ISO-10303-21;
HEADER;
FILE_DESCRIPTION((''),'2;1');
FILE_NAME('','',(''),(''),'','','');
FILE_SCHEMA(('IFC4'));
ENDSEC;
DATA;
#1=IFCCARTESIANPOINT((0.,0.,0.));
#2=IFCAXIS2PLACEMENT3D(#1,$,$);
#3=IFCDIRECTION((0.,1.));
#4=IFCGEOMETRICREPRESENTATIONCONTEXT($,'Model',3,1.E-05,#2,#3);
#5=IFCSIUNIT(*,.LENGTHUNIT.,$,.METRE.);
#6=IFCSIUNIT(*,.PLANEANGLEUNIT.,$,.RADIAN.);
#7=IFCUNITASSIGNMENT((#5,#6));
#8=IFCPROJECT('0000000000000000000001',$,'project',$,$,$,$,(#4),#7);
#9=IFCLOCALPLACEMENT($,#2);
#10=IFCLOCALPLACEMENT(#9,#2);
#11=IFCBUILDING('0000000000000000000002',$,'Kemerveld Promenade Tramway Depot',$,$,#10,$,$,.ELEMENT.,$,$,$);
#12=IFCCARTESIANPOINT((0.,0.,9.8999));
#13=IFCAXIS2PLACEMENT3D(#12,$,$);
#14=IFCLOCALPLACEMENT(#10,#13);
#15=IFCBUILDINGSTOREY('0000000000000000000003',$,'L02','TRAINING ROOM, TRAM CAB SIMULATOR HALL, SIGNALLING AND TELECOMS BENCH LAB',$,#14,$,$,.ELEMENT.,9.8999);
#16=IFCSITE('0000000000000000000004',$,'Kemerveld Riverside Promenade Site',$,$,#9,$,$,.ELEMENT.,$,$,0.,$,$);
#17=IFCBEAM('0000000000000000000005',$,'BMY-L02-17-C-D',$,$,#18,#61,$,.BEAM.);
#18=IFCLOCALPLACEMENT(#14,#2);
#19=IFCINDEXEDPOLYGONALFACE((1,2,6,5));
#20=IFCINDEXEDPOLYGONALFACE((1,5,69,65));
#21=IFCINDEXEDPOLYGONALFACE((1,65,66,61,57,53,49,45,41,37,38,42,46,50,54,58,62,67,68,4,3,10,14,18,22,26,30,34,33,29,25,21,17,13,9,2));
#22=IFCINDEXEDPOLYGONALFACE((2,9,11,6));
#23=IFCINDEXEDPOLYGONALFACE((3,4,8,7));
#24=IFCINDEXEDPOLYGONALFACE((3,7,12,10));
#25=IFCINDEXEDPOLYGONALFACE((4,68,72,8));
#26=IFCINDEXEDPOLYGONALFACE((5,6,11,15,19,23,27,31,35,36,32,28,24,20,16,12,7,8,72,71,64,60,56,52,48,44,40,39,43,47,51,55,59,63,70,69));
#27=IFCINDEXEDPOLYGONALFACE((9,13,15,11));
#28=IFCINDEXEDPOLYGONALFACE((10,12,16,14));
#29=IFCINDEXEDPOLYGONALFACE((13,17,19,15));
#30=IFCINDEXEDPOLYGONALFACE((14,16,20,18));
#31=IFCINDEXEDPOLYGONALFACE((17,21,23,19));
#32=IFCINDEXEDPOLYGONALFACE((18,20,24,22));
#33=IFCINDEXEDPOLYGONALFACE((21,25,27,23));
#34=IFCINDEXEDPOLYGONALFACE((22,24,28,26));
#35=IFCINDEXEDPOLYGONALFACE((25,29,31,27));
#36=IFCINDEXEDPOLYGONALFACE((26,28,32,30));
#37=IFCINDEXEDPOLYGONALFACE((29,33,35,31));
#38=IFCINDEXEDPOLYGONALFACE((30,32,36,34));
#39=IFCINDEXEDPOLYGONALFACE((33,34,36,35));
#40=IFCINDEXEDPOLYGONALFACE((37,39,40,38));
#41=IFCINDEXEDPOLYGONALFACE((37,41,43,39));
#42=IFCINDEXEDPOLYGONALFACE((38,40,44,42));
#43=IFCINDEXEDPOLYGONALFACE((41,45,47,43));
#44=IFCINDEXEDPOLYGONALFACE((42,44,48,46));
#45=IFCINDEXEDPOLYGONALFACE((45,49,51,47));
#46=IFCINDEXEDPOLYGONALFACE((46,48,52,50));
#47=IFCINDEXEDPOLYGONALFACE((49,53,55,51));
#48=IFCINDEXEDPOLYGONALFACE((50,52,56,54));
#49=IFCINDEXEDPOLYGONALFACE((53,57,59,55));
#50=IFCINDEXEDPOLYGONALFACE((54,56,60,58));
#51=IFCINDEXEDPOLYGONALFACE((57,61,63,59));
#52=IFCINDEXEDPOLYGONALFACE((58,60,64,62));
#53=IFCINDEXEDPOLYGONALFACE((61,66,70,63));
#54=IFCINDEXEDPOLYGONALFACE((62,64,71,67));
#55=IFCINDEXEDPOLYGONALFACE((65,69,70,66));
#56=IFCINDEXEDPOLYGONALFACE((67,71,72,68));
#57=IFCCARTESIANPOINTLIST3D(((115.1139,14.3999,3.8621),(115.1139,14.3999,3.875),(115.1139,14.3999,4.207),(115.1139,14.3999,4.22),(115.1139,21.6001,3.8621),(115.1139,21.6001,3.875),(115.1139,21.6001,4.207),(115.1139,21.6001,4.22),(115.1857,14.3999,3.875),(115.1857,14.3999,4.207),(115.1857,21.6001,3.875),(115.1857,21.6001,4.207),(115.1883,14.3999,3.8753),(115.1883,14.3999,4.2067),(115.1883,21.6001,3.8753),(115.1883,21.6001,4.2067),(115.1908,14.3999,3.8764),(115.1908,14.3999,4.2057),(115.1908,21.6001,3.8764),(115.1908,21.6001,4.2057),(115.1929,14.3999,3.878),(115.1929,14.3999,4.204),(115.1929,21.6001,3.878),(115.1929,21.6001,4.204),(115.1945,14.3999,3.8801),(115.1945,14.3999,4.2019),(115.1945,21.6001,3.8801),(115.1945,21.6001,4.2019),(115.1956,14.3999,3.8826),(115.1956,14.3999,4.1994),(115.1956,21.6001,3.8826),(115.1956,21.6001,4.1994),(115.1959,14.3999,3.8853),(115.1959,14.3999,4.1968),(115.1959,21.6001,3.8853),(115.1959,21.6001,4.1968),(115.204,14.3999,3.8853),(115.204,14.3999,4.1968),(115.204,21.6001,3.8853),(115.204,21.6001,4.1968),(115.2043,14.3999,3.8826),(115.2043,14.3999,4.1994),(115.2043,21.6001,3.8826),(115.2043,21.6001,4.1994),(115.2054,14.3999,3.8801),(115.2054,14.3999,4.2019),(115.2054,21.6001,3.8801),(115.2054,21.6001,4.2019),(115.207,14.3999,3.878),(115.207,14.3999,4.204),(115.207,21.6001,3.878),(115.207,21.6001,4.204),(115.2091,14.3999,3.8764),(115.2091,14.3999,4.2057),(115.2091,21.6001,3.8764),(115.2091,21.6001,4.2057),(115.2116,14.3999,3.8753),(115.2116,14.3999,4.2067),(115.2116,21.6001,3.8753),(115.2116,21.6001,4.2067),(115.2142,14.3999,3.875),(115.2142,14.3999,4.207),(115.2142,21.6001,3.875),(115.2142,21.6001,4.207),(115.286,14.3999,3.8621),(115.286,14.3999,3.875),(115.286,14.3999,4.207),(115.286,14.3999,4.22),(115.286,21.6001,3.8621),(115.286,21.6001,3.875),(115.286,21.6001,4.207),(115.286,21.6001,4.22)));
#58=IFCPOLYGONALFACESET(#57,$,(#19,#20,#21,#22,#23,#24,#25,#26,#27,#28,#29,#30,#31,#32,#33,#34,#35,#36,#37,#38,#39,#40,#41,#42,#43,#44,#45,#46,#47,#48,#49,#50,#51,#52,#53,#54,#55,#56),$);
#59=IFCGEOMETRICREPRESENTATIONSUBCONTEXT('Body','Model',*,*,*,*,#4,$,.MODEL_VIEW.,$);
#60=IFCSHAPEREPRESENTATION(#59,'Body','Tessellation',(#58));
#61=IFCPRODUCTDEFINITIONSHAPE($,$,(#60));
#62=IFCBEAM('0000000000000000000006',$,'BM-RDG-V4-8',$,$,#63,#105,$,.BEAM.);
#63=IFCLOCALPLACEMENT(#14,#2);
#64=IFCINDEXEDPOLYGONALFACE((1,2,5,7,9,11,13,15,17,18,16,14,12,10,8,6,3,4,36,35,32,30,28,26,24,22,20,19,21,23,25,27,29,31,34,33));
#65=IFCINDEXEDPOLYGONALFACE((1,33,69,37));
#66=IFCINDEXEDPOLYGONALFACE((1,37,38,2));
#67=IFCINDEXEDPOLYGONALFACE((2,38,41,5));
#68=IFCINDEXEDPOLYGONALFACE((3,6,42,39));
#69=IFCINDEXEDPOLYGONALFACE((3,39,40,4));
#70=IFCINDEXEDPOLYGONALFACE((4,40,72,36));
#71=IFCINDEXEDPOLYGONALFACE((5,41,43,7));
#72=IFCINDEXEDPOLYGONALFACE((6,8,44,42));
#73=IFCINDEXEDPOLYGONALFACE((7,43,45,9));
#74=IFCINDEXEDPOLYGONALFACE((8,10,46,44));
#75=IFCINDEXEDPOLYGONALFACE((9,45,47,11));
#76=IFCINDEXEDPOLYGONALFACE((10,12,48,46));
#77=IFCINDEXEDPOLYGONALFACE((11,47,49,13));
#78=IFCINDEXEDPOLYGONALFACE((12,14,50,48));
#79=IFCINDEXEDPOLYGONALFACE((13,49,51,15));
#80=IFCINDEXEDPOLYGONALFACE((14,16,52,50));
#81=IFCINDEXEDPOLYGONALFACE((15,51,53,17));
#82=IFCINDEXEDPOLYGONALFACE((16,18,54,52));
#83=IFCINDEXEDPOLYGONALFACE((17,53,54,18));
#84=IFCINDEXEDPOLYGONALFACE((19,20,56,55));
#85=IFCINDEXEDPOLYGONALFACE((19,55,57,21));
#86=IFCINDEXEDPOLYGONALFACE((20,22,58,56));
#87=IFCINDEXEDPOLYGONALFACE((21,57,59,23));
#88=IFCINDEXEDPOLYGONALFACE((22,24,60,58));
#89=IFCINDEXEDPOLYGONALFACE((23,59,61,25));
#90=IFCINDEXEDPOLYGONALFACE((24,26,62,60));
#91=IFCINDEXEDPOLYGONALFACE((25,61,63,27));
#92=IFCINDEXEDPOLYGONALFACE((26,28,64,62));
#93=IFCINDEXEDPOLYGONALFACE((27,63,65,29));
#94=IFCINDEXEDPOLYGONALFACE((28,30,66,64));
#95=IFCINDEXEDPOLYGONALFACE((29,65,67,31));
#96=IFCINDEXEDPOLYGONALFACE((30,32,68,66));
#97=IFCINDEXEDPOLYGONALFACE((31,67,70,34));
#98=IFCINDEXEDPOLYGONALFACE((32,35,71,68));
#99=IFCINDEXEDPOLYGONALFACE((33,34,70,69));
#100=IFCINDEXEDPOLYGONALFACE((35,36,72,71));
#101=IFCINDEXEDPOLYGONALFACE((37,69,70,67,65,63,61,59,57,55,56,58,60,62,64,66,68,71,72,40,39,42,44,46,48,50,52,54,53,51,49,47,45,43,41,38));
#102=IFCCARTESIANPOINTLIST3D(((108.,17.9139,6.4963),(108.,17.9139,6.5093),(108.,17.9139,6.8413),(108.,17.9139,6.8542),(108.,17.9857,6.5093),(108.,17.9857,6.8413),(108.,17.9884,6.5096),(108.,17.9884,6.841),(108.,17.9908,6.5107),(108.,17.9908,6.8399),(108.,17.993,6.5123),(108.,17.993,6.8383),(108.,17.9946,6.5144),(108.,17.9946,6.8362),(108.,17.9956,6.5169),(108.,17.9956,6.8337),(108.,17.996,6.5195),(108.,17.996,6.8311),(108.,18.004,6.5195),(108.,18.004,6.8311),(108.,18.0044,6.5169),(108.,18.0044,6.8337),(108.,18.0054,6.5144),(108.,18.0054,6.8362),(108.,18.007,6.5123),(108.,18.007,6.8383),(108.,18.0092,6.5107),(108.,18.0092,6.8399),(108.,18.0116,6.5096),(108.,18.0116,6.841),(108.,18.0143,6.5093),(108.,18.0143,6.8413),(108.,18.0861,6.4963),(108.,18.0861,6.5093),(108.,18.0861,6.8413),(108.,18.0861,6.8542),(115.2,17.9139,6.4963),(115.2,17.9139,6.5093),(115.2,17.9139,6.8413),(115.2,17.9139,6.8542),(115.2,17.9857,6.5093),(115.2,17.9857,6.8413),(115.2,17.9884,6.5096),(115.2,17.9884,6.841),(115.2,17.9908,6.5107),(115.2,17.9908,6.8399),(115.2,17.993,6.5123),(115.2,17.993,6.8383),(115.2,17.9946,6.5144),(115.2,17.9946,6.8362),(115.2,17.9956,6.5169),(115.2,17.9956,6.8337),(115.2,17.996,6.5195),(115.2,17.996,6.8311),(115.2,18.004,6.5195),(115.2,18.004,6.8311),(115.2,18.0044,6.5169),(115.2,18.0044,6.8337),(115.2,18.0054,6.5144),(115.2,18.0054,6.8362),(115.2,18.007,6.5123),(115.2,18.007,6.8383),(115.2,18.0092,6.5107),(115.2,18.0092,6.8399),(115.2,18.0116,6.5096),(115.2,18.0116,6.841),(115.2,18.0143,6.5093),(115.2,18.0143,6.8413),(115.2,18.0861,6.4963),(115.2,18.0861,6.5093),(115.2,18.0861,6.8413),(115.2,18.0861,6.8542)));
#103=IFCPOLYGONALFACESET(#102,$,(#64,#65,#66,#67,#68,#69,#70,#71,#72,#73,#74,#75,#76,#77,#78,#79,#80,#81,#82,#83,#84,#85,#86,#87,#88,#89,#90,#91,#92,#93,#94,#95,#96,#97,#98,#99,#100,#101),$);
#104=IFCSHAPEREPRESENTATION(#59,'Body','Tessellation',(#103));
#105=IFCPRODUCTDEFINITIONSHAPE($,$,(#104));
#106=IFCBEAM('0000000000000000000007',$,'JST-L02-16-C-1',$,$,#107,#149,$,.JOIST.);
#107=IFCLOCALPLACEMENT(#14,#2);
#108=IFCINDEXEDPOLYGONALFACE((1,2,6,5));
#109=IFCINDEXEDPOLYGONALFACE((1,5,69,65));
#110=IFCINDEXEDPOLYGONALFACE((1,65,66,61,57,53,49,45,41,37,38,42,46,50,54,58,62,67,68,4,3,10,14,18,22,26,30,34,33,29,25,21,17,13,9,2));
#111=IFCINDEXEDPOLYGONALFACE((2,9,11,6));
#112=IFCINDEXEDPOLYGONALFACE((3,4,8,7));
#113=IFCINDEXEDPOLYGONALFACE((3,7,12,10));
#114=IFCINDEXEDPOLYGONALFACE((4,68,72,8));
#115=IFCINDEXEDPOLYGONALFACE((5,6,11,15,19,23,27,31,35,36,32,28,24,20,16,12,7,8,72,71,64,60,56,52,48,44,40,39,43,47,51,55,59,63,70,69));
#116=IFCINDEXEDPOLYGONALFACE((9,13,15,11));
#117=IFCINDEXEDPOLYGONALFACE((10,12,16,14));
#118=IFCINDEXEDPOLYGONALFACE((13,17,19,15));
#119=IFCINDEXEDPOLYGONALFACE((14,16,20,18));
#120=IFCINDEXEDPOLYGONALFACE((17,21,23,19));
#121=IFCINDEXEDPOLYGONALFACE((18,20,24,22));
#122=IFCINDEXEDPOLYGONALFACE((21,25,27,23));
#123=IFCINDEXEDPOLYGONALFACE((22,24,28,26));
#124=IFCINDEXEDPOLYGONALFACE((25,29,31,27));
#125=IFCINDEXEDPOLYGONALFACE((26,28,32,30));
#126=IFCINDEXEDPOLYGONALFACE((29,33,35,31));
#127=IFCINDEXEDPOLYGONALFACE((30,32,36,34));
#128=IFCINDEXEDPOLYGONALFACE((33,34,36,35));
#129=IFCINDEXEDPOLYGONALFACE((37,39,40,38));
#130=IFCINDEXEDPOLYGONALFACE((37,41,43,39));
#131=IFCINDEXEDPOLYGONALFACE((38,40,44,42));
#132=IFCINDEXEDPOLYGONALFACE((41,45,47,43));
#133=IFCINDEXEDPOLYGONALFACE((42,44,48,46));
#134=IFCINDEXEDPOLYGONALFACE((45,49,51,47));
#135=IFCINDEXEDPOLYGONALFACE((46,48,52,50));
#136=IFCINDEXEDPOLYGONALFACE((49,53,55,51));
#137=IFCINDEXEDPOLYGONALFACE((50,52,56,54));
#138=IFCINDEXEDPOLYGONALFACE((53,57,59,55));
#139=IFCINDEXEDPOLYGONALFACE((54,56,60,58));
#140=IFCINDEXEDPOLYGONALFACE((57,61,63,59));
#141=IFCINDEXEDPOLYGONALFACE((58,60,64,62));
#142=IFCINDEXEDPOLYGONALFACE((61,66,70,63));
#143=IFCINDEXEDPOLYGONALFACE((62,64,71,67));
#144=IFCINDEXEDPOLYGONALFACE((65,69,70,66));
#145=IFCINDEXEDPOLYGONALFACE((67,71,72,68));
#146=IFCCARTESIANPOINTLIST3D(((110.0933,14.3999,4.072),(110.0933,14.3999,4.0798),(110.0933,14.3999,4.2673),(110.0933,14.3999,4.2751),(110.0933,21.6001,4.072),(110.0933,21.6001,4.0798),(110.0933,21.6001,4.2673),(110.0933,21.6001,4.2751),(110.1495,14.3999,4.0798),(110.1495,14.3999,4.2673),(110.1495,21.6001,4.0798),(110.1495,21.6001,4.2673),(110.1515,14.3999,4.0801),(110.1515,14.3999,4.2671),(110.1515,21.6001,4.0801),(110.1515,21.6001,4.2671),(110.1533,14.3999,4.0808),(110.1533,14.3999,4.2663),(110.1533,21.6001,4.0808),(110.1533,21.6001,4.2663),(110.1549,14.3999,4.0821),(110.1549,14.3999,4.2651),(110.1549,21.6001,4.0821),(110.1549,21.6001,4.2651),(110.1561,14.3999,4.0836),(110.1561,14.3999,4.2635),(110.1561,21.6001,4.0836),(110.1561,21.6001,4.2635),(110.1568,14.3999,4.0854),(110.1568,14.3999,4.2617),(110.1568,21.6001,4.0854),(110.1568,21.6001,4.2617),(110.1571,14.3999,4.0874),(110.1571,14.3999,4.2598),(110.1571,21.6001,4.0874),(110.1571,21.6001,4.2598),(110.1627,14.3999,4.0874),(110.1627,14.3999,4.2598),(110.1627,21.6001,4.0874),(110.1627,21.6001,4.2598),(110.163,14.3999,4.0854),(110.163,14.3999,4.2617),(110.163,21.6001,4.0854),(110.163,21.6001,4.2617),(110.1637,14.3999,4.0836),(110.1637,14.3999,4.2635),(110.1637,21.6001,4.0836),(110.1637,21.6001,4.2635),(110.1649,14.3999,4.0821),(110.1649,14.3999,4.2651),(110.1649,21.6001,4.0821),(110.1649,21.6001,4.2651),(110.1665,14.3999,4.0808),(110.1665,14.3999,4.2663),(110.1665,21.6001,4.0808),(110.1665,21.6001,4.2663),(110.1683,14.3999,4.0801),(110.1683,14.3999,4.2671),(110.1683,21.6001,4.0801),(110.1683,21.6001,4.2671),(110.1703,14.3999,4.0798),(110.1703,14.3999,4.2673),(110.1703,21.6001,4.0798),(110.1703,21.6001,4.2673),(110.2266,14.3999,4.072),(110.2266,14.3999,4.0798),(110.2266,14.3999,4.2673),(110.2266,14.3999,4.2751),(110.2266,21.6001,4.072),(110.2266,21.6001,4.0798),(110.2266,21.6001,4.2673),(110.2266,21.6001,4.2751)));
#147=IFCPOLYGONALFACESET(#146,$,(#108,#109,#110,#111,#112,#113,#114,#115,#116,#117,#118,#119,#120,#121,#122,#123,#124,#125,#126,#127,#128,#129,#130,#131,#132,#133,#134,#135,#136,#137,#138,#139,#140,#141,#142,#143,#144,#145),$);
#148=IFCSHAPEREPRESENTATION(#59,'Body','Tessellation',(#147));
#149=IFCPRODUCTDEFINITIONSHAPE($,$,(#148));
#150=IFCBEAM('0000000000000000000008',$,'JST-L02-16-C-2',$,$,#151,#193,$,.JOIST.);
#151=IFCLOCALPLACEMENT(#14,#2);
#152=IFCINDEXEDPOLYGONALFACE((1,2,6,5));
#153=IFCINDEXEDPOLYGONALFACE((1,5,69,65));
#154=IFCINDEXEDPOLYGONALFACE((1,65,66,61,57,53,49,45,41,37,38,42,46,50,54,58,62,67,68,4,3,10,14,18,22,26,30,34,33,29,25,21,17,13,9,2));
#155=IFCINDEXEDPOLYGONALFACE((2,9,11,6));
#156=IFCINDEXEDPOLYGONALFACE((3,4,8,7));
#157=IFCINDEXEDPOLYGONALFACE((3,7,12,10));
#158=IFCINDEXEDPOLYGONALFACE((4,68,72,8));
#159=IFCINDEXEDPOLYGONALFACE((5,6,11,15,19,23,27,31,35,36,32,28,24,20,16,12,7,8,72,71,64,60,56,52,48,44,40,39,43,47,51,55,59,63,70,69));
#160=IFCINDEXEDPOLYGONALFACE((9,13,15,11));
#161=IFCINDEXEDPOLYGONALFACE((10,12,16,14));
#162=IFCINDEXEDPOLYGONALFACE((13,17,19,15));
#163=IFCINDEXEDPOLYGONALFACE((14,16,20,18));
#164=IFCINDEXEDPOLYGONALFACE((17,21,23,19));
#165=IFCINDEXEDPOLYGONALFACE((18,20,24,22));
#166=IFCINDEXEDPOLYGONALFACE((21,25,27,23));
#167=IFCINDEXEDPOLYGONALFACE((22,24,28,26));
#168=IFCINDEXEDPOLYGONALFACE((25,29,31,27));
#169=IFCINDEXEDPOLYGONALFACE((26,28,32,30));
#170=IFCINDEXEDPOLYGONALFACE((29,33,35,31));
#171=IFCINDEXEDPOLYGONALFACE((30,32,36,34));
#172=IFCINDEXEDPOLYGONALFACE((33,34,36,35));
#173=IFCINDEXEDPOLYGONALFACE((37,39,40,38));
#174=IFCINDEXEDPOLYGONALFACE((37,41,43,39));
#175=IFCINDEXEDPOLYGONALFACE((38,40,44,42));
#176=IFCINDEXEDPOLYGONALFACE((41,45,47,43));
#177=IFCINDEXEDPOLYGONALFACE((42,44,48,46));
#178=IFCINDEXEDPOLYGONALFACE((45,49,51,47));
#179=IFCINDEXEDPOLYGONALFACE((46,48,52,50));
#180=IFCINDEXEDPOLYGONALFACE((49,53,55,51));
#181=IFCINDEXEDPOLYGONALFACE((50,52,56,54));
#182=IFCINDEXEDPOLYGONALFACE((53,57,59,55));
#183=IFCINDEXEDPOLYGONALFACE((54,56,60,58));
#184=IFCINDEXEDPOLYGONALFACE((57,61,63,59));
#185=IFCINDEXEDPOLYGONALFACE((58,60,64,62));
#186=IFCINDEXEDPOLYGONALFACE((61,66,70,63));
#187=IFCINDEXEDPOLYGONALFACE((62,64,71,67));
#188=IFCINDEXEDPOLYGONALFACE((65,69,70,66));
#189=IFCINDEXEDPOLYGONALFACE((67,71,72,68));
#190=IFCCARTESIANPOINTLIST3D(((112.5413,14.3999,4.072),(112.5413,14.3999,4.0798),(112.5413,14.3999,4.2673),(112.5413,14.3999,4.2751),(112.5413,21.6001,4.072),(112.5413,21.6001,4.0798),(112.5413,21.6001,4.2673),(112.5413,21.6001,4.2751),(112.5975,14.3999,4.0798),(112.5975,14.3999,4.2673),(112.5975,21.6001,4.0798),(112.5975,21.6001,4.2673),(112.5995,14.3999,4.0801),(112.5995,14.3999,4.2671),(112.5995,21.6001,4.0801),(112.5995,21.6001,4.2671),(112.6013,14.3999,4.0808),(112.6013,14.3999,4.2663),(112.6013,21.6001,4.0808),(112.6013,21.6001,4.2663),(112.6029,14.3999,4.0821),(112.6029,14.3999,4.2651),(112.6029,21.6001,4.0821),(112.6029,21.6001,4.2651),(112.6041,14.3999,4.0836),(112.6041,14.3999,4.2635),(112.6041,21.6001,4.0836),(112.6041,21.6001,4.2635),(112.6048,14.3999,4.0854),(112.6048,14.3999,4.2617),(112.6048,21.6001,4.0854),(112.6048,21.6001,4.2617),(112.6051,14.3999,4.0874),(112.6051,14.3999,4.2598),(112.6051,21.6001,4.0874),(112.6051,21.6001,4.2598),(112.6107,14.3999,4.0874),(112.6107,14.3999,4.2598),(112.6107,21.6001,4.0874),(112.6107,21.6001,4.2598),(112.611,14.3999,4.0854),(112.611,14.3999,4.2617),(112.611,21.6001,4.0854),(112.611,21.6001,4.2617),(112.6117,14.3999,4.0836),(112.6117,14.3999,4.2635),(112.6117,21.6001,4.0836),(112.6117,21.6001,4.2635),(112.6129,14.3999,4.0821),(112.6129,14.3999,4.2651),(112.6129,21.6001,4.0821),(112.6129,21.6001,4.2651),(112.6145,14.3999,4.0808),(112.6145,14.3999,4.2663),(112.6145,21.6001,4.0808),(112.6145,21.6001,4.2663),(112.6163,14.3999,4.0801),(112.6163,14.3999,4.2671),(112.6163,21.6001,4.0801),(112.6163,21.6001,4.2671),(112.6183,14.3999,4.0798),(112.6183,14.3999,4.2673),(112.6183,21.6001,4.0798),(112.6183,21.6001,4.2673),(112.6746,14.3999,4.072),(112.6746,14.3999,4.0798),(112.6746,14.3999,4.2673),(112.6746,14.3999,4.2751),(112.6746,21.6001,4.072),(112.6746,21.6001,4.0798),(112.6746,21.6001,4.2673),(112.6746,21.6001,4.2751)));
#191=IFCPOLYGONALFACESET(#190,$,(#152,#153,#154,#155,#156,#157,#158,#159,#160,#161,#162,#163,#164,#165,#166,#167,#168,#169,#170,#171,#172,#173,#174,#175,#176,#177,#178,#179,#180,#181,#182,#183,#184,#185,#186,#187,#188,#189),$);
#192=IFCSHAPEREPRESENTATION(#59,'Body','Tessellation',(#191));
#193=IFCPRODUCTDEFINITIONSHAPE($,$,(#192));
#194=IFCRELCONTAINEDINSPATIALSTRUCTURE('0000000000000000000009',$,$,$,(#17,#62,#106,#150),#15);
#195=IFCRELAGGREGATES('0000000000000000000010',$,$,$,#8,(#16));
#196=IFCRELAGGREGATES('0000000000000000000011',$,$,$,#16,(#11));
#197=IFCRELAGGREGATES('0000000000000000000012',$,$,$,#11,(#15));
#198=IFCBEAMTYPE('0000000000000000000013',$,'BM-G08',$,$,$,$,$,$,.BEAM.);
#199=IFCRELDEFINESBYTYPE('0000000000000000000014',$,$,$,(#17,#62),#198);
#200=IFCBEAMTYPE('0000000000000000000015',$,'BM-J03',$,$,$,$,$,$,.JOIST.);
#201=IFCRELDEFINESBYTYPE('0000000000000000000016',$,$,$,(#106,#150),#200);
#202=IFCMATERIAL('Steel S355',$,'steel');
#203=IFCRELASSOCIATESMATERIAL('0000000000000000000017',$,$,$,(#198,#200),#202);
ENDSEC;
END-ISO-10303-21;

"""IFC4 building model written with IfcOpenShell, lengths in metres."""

from ifc_helpers import new_model, si_unit, direction, frame, origin, origin_2d, place, context, subcontext, project, spatial, i_section, extrude, material, material_profile, profile_set, type_object, element, save


model = new_model("IFC4")

# Units and contexts
model_context = context("Model", 3, precision=1e-05, world=origin(), true_north=direction((0.0, 1.0)))
body_context = subcontext(model_context, "Body", "Model", "MODEL_VIEW")
ifc_project = project(units=[si_unit("LENGTHUNIT", "METRE"), si_unit("PLANEANGLEUNIT", "RADIAN")], contexts=[model_context])

# Site, building, storey
site_placement = place(None, origin())
site = spatial("IfcSite", under=ifc_project, at=site_placement, Name="Kemerveld Riverside Promenade Site", CompositionType="ELEMENT", RefElevation=0.0)
building_placement = place(site_placement, origin())
building = spatial("IfcBuilding", under=site, at=building_placement, Name="Kemerveld Promenade Tramway Depot", CompositionType="ELEMENT")
storey_placement = place(building_placement, frame((0.0, 0.0, 9.8999)))
storey = spatial("IfcBuildingStorey", under=building, at=storey_placement, Name="L02", Description="TRAINING ROOM, TRAM CAB SIMULATOR HALL, SIGNALLING AND TELECOMS BENCH LAB", CompositionType="ELEMENT", Elevation=9.8999)

# Shared definitions
ifc_material_1 = material(Name="Steel S355", Category="steel")

# Beams
ifc_material_profile_1 = material_profile(ifc_material_1, i_section(OverallWidth=0.1721, OverallDepth=0.3579, WebThickness=0.0081, FlangeThickness=0.0129, FilletRadius=0.0103, at=origin_2d()), Name="356x171x57 UB")
ifc_profile_set_1 = profile_set([ifc_material_profile_1], Name="Steel S355")
beam_type_1 = type_object("IfcBeamType", Name="BM-G08", PredefinedType="BEAM", material=ifc_profile_set_1)
for number, where, z_axis, x_axis, name in (
    (1, (115.2, 14.3999, 4.041), (0.0, 1.0, 0.0), (-1.0, 0.0, 0.0), "BMY-L02-17-C-D"),
):
    element("IfcBeam", number, at=place(storey_placement, frame(where, z_axis=z_axis, x_axis=x_axis)), inside=storey, type_object=beam_type_1, Name=name, PredefinedType="BEAM", context=body_context, shape_type="SweptSolid", body=[
        extrude(i_section(OverallWidth=0.1721, OverallDepth=0.3579, WebThickness=0.0081, FlangeThickness=0.0129, FilletRadius=0.0103, at=origin_2d()), origin(), (0.0, 0.0, 1.0), 7.2002),
    ])
beam_placement = place(storey_placement, frame((108.0, 18.0, 6.6753), z_axis=(1.0, 0.0, 0.0), x_axis=(0.0, 1.0, 0.0)))
element("IfcBeam", 2, at=beam_placement, inside=storey, type_object=beam_type_1, Name="BM-RDG-V4-8", PredefinedType="BEAM", context=body_context, shape_type="SweptSolid", body=[
    extrude(i_section(OverallWidth=0.1721, OverallDepth=0.3579, WebThickness=0.0081, FlangeThickness=0.0129, FilletRadius=0.0103, at=origin_2d()), origin(), (0.0, 0.0, 1.0), 7.2),
])
ifc_material_profile_2 = material_profile(ifc_material_1, i_section(OverallWidth=0.1333, OverallDepth=0.2031, WebThickness=0.0056, FlangeThickness=0.0078, FilletRadius=0.0076, at=origin_2d()), Name="203x133x25 UB")
ifc_profile_set_2 = profile_set([ifc_material_profile_2], Name="Steel S355")
beam_type_2 = type_object("IfcBeamType", Name="BM-J03", PredefinedType="JOIST", material=ifc_profile_set_2)
for number, where, z_axis, x_axis, name in (
    (3, (110.1599, 14.3999, 4.1736), (0.0, 1.0, 0.0), (-1.0, 0.0, 0.0), "JST-L02-16-C-1"),
    (4, (112.6079, 14.3999, 4.1736), (0.0, 1.0, 0.0), (-1.0, 0.0, 0.0), "JST-L02-16-C-2"),
):
    element("IfcBeam", number, at=place(storey_placement, frame(where, z_axis=z_axis, x_axis=x_axis)), inside=storey, type_object=beam_type_2, Name=name, PredefinedType="JOIST", context=body_context, shape_type="SweptSolid", body=[
        extrude(i_section(OverallWidth=0.1333, OverallDepth=0.2031, WebThickness=0.0056, FlangeThickness=0.0078, FilletRadius=0.0076, at=origin_2d()), origin(), (0.0, 0.0, 1.0), 7.2002),
    ])

save(model, "model.ifc")
